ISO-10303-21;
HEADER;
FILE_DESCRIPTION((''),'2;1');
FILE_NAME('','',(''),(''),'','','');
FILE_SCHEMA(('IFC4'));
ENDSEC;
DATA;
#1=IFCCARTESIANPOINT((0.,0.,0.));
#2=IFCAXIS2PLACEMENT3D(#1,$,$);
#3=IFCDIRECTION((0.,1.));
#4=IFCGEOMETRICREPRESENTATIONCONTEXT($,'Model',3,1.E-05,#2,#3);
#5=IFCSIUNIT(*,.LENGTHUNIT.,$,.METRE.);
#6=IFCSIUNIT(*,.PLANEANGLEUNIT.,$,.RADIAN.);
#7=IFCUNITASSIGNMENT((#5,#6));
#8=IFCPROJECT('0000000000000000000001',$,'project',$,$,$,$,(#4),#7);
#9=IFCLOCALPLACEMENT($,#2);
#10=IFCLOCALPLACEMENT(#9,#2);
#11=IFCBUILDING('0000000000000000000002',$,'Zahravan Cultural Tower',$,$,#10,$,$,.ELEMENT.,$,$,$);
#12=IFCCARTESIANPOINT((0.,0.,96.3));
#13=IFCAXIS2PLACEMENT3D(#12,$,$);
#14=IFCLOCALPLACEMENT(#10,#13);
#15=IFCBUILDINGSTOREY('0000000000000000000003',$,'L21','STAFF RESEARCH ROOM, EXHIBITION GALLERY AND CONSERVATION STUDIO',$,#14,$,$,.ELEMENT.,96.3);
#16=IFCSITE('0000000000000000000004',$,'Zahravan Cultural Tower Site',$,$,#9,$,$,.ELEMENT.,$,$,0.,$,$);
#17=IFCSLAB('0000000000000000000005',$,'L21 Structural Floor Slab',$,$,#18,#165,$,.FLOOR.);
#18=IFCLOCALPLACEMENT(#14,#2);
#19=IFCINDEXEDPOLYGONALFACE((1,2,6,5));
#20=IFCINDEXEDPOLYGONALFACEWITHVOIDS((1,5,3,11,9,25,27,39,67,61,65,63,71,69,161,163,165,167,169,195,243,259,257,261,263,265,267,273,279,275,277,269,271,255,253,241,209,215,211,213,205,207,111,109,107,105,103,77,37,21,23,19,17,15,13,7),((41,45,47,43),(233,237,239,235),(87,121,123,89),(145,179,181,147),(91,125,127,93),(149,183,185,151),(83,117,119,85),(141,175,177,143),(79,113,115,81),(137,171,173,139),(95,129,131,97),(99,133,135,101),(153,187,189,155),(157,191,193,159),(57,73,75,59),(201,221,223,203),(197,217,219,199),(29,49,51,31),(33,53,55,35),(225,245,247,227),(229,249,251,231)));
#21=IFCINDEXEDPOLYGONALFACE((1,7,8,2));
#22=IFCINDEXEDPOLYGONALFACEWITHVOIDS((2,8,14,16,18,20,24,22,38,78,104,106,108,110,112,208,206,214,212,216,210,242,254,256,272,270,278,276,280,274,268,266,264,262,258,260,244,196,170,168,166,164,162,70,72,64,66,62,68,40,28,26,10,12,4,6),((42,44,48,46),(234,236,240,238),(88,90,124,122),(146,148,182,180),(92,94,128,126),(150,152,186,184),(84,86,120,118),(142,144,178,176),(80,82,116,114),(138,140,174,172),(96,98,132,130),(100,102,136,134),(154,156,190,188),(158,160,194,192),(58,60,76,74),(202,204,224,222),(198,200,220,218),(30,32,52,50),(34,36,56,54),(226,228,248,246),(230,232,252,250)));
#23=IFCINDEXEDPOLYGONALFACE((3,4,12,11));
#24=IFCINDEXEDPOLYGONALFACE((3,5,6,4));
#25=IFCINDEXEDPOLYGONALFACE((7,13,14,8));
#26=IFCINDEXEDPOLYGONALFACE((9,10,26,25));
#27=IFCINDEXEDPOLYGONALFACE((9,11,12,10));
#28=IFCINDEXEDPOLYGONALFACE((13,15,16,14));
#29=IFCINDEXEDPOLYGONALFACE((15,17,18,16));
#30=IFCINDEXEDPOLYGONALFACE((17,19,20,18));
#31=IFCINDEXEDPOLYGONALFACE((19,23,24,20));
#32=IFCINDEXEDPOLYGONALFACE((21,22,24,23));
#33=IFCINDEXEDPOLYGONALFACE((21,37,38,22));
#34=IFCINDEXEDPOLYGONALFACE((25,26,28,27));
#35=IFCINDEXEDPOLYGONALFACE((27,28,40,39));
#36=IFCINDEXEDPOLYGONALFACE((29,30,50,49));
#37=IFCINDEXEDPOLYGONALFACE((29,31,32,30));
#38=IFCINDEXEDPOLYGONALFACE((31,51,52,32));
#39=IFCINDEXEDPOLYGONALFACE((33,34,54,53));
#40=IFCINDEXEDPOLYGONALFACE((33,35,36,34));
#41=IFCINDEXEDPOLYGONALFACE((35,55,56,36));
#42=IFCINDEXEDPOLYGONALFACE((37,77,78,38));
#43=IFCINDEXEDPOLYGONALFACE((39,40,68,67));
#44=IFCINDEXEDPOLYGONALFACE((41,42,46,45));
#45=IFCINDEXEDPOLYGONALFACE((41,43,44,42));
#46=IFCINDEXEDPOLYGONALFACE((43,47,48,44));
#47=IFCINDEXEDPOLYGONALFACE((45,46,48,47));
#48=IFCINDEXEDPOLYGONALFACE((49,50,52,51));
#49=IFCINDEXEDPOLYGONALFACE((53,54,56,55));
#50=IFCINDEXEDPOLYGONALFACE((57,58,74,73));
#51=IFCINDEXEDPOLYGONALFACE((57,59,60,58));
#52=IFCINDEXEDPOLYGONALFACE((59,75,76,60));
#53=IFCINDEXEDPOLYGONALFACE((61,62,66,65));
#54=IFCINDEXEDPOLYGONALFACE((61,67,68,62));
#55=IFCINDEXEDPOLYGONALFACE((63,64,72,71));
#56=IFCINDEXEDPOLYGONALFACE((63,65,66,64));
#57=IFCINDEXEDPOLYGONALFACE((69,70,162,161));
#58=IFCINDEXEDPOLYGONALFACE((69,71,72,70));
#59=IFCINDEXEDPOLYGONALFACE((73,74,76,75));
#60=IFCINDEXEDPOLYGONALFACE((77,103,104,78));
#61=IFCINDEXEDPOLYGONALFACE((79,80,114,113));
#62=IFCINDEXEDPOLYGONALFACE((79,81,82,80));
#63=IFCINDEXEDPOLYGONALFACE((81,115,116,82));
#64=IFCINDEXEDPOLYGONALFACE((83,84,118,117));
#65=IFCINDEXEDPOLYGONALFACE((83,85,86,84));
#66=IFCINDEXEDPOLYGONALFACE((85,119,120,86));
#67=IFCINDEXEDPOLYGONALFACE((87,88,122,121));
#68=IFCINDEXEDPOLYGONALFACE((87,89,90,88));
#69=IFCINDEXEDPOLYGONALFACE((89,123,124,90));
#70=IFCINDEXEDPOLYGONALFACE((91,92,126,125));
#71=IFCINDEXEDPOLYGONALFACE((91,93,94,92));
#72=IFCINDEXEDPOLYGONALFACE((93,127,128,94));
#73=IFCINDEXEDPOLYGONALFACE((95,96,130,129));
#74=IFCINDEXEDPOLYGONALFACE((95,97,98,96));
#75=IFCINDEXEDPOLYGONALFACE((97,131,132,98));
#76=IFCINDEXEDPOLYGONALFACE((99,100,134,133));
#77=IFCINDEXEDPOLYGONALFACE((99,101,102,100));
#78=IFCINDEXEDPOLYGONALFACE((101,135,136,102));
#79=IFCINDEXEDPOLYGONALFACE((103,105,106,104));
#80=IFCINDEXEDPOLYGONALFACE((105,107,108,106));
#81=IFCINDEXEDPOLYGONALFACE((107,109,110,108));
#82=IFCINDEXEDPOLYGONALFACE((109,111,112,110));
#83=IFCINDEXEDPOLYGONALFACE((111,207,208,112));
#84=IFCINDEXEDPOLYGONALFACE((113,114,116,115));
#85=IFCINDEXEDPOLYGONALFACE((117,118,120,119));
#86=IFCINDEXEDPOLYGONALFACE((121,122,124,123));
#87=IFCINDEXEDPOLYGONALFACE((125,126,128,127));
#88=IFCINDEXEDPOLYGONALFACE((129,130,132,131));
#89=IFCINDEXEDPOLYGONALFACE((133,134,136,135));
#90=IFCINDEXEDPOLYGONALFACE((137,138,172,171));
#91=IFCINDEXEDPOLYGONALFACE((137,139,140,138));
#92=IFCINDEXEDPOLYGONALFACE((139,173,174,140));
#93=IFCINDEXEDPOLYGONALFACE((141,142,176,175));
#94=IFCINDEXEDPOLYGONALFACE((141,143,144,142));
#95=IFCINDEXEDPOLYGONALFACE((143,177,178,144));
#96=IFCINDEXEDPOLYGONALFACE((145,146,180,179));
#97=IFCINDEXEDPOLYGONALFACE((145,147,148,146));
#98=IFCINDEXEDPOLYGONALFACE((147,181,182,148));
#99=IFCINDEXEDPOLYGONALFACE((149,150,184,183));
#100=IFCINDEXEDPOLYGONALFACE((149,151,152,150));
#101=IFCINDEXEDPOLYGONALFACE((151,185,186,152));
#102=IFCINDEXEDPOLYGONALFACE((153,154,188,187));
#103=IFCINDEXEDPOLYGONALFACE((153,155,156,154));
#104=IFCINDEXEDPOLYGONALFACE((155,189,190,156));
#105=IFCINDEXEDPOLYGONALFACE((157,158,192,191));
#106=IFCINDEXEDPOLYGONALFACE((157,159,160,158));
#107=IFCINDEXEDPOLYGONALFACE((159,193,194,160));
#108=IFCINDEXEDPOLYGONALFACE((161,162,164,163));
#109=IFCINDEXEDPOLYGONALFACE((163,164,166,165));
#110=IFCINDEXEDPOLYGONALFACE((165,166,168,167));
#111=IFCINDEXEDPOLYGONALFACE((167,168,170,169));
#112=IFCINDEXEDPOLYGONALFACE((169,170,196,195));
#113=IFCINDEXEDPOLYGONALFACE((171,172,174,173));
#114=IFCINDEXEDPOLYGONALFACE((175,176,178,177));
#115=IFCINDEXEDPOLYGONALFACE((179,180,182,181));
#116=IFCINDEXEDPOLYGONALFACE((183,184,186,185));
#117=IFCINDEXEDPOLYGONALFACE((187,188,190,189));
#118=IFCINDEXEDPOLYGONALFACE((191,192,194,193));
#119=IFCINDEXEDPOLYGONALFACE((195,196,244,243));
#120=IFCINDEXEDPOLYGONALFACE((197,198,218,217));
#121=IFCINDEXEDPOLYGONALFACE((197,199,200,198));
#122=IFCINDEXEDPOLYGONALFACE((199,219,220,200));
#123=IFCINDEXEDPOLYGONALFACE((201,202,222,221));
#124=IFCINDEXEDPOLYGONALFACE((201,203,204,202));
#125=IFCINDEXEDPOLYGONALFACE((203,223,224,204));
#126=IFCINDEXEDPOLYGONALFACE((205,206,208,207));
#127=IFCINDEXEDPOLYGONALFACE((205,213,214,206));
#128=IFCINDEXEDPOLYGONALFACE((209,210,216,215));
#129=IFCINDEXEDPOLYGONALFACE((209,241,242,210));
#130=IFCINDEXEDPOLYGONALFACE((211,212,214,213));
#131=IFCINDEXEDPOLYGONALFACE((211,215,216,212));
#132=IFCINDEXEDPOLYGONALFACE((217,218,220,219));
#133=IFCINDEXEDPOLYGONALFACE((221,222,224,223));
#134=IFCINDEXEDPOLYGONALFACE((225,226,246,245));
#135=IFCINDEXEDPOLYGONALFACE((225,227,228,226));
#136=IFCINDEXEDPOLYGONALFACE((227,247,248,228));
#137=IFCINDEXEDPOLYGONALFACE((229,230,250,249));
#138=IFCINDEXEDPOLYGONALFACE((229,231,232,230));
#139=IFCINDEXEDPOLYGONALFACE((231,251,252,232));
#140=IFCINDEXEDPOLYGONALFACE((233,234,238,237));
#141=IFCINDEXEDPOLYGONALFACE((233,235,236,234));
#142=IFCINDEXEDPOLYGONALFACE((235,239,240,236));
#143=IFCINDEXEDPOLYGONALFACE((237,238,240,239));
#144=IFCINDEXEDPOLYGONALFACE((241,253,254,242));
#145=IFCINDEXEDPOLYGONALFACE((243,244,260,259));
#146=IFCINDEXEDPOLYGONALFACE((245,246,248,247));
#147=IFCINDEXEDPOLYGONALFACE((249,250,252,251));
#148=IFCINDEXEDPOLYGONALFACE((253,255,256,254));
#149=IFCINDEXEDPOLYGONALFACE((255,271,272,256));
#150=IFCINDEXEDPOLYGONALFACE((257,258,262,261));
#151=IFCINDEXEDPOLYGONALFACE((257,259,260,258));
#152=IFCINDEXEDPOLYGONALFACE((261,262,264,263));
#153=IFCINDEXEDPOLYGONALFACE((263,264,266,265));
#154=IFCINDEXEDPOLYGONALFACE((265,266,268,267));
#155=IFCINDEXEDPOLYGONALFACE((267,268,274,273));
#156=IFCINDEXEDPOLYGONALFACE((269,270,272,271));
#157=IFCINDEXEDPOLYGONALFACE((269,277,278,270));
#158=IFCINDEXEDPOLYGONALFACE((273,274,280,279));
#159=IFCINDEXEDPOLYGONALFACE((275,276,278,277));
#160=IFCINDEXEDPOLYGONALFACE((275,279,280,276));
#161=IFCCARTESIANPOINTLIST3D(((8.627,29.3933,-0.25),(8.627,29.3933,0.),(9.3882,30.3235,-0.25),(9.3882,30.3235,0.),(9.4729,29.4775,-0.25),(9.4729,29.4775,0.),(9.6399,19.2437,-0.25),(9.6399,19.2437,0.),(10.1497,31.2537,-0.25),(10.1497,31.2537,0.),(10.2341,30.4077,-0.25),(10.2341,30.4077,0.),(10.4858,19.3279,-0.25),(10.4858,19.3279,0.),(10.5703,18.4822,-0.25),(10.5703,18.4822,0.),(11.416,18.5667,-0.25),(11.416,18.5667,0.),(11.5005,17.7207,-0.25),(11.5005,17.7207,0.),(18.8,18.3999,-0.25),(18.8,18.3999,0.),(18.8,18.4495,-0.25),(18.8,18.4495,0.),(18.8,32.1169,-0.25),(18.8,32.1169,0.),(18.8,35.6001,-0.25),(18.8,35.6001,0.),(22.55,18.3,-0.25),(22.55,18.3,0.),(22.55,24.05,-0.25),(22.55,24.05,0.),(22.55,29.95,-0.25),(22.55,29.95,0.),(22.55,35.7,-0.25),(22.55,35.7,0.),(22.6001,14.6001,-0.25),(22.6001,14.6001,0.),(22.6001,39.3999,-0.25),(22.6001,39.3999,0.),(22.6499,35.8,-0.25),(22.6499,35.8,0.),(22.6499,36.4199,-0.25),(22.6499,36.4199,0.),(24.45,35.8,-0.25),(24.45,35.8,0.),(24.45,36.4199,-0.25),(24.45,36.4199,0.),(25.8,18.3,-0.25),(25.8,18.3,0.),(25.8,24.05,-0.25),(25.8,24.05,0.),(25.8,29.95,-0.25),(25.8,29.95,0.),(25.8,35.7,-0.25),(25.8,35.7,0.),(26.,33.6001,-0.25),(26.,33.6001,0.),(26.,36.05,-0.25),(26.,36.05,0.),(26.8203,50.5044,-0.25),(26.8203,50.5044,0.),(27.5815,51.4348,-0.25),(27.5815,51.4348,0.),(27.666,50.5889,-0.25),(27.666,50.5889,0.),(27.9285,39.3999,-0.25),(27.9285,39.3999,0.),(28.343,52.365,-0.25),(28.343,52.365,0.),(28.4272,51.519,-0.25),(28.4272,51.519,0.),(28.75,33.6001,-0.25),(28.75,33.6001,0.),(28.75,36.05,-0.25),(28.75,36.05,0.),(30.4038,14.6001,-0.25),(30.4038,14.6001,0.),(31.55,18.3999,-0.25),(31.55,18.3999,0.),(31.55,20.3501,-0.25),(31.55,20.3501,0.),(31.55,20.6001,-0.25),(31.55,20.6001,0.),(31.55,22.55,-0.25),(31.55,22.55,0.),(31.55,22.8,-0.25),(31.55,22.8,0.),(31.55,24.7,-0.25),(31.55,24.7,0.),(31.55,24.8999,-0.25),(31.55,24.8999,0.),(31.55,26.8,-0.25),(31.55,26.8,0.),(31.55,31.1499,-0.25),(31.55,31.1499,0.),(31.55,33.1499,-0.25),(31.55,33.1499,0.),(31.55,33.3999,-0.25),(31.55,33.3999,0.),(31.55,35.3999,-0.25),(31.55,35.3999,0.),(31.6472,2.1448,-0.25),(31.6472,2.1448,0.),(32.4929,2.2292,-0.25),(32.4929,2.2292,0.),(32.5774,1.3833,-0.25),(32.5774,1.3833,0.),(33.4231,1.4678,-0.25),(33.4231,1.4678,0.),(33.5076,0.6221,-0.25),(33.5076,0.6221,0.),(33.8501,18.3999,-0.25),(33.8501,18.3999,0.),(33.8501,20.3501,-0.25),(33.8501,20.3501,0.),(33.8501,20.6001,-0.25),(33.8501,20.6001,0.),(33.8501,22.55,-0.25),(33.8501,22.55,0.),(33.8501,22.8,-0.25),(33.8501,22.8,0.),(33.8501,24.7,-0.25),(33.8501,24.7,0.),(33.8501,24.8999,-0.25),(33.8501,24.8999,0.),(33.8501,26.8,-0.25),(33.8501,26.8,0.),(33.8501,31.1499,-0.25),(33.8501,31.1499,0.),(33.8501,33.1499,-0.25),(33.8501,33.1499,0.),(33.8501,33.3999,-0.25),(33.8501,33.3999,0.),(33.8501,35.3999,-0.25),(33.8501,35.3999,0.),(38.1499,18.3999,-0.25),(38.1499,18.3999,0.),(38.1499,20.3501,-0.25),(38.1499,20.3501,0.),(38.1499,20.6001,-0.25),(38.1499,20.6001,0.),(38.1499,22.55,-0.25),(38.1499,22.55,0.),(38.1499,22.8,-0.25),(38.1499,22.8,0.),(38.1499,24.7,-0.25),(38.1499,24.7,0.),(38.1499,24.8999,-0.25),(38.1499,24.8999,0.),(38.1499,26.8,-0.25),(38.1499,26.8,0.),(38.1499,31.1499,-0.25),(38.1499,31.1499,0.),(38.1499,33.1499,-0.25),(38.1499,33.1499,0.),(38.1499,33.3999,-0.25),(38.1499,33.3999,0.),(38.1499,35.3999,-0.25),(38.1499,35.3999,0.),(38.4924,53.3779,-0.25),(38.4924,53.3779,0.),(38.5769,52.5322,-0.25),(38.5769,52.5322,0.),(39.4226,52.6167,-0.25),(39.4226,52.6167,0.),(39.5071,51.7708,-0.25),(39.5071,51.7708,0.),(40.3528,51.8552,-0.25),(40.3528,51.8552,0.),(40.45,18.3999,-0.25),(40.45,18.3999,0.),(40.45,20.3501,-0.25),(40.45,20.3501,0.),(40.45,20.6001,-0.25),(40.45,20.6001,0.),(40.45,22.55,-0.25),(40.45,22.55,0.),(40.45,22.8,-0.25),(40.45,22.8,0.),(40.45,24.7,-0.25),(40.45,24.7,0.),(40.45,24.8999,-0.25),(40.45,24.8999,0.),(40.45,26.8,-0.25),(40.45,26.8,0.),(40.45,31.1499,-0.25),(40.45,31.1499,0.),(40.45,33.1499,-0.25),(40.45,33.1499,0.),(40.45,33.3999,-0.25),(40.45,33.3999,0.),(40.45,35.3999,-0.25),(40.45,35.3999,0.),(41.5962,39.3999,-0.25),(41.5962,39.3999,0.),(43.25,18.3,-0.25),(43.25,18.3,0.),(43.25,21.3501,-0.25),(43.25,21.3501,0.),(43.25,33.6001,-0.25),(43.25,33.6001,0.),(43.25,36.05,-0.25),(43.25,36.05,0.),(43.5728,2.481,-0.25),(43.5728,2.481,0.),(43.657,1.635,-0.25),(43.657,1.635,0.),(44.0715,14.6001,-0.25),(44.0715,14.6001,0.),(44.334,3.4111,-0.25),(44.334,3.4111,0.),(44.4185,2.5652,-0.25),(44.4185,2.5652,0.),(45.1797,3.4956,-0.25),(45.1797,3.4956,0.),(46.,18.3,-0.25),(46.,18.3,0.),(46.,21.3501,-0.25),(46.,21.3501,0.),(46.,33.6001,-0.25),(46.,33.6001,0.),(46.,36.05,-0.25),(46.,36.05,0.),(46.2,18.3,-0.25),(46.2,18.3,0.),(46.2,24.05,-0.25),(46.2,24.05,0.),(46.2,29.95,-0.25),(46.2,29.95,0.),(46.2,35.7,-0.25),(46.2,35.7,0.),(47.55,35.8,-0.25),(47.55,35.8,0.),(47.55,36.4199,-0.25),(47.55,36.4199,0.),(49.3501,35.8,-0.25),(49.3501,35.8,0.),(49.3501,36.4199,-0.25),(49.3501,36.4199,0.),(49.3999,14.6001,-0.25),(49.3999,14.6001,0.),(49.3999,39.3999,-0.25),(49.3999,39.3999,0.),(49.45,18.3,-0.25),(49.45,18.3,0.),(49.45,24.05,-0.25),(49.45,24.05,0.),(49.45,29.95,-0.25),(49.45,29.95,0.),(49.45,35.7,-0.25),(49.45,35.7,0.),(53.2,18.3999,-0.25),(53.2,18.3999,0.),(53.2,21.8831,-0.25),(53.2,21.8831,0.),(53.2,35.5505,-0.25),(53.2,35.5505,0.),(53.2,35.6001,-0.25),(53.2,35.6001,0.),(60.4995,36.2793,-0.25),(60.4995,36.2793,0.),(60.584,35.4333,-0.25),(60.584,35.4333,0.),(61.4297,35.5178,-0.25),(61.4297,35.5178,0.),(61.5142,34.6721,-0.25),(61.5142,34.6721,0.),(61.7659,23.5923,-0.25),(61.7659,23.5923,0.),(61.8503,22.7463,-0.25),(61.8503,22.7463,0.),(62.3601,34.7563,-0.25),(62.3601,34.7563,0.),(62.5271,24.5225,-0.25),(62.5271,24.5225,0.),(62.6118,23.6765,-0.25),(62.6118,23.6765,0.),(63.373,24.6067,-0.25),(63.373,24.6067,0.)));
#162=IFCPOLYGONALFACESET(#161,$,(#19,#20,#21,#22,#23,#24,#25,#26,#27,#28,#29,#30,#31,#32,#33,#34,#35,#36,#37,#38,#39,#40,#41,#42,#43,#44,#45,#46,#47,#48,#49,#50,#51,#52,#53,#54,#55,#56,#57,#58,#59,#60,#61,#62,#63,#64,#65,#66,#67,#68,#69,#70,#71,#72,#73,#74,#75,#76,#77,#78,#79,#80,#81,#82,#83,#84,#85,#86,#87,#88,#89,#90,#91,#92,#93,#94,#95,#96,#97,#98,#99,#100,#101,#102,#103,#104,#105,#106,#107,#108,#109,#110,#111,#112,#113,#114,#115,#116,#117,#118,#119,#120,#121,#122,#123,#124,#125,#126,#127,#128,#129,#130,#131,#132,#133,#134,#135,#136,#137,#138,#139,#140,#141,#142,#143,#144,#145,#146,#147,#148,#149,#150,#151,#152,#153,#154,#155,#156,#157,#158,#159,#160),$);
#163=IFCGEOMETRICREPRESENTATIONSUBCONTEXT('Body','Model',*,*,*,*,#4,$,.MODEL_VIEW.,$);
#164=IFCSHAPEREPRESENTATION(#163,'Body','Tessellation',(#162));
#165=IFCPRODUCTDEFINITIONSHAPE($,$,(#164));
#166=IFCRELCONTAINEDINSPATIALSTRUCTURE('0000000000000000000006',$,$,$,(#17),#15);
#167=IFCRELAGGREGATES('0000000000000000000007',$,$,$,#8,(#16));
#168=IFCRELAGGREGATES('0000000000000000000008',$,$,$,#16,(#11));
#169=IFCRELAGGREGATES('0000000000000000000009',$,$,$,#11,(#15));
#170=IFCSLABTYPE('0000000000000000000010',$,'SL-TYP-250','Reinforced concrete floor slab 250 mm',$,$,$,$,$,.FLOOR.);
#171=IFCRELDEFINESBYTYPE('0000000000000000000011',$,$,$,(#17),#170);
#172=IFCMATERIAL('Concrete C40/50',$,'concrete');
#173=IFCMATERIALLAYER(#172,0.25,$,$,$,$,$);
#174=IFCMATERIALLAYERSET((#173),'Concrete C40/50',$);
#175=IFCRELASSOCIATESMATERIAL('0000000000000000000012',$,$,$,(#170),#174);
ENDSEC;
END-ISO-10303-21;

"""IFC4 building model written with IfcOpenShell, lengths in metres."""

from ifc_helpers import new_model, si_unit, direction, frame, origin, place, context, subcontext, project, spatial, polyline, outline, extrude, material, layer, layer_set, type_object, element, save


model = new_model("IFC4")

# Units and contexts
model_context = context("Model", 3, precision=1e-05, world=origin(), true_north=direction((0.0, 1.0)))
body_context = subcontext(model_context, "Body", "Model", "MODEL_VIEW")
ifc_project = project(units=[si_unit("LENGTHUNIT", "METRE"), si_unit("PLANEANGLEUNIT", "RADIAN")], contexts=[model_context])

# Site, building, storey
site_placement = place(None, origin())
site = spatial("IfcSite", under=ifc_project, at=site_placement, Name="Zahravan Cultural Tower Site", CompositionType="ELEMENT", RefElevation=0.0)
building_placement = place(site_placement, origin())
building = spatial("IfcBuilding", under=site, at=building_placement, Name="Zahravan Cultural Tower", CompositionType="ELEMENT")
storey_placement = place(building_placement, frame((0.0, 0.0, 96.3)))
storey = spatial("IfcBuildingStorey", under=building, at=storey_placement, Name="L21", Description="STAFF RESEARCH ROOM, EXHIBITION GALLERY AND CONSERVATION STUDIO", CompositionType="ELEMENT", Elevation=96.3)

# Slab
ifc_material_1 = material(Name="Concrete C40/50", Category="concrete")
ifc_layer_1 = layer(ifc_material_1, 0.25)
ifc_layer_set_1 = layer_set([ifc_layer_1], Name="Concrete C40/50")
slab_type_1 = type_object("IfcSlabType", Name="SL-TYP-250", Description="Reinforced concrete floor slab 250 mm", PredefinedType="FLOOR", material=ifc_layer_set_1)
slab_1_placement = place(storey_placement, frame((0.0, 0.0, -0.25)))
element("IfcSlab", 1, at=slab_1_placement, inside=storey, type_object=slab_type_1, Name="L21 Structural Floor Slab", PredefinedType="FLOOR", context=body_context, shape_type="SweptSolid", body=[
    extrude(outline(polyline([(53.2, 35.5505), (53.2, 35.6001), (49.3999, 39.3999), (41.5962, 39.3999), (40.3528, 51.8552), (39.5071, 51.7708), (39.4226, 52.6167), (38.5769, 52.5322), (38.4924, 53.3779), (28.343, 52.365), (28.4272, 51.519), (27.5815, 51.4348), (27.666, 50.5889), (26.8203, 50.5044), (27.9285, 39.3999), (22.6001, 39.3999), (18.8, 35.6001), (18.8, 32.1169), (10.1497, 31.2537), (10.2341, 30.4077), (9.3882, 30.3235), (9.4729, 29.4775), (8.627, 29.3933), (9.6399, 19.2437), (10.4858, 19.3279), (10.5703, 18.4822), (11.416, 18.5667), (11.5005, 17.7207), (18.8, 18.4495), (18.8, 18.3999), (22.6001, 14.6001), (30.4038, 14.6001), (31.6472, 2.1448), (32.4929, 2.2292), (32.5774, 1.3833), (33.4231, 1.4678), (33.5076, 0.6221), (43.657, 1.635), (43.5728, 2.481), (44.4185, 2.5652), (44.334, 3.4111), (45.1797, 3.4956), (44.0715, 14.6001), (49.3999, 14.6001), (53.2, 18.3999), (53.2, 21.8831), (61.8503, 22.7463), (61.7659, 23.5923), (62.6118, 23.6765), (62.5271, 24.5225), (63.373, 24.6067), (62.3601, 34.7563), (61.5142, 34.6721), (61.4297, 35.5178), (60.584, 35.4333), (60.4995, 36.2793), (53.2, 35.5505)]), holes=[polyline([(22.55, 29.95), (22.55, 35.7), (25.8, 35.7), (25.8, 29.95), (22.55, 29.95)]), polyline([(22.55, 18.3), (22.55, 24.05), (25.8, 24.05), (25.8, 18.3), (22.55, 18.3)]), polyline([(46.2, 29.95), (46.2, 35.7), (49.45, 35.7), (49.45, 29.95), (46.2, 29.95)]), polyline([(46.2, 18.3), (46.2, 24.05), (49.45, 24.05), (49.45, 18.3), (46.2, 18.3)]), polyline([(26.0, 33.6001), (26.0, 36.05), (28.75, 36.05), (28.75, 33.6001), (26.0, 33.6001)]), polyline([(43.25, 33.6001), (43.25, 36.05), (46.0, 36.05), (46.0, 33.6001), (43.25, 33.6001)]), polyline([(43.25, 18.3), (43.25, 21.3501), (46.0, 21.3501), (46.0, 18.3), (43.25, 18.3)]), polyline([(31.55, 33.3999), (31.55, 35.3999), (33.8501, 35.3999), (33.8501, 33.3999), (31.55, 33.3999)]), polyline([(31.55, 31.1499), (31.55, 33.1499), (33.8501, 33.1499), (33.8501, 31.1499), (31.55, 31.1499)]), polyline([(38.1499, 33.3999), (38.1499, 35.3999), (40.45, 35.3999), (40.45, 33.3999), (38.1499, 33.3999)]), polyline([(38.1499, 31.1499), (38.1499, 33.1499), (40.45, 33.1499), (40.45, 31.1499), (38.1499, 31.1499)]), polyline([(31.55, 20.6001), (31.55, 22.55), (33.8501, 22.55), (33.8501, 20.6001), (31.55, 20.6001)]), polyline([(31.55, 18.3999), (31.55, 20.3501), (33.8501, 20.3501), (33.8501, 18.3999), (31.55, 18.3999)]), polyline([(38.1499, 20.6001), (38.1499, 22.55), (40.45, 22.55), (40.45, 20.6001), (38.1499, 20.6001)]), polyline([(38.1499, 18.3999), (38.1499, 20.3501), (40.45, 20.3501), (40.45, 18.3999), (38.1499, 18.3999)]), polyline([(31.55, 24.8999), (31.55, 26.8), (33.8501, 26.8), (33.8501, 24.8999), (31.55, 24.8999)]), polyline([(31.55, 22.8), (31.55, 24.7), (33.8501, 24.7), (33.8501, 22.8), (31.55, 22.8)]), polyline([(38.1499, 24.8999), (38.1499, 26.8), (40.45, 26.8), (40.45, 24.8999), (38.1499, 24.8999)]), polyline([(38.1499, 22.8), (38.1499, 24.7), (40.45, 24.7), (40.45, 22.8), (38.1499, 22.8)]), polyline([(22.6499, 35.8), (22.6499, 36.4199), (24.45, 36.4199), (24.45, 35.8), (22.6499, 35.8)]), polyline([(47.55, 35.8), (47.55, 36.4199), (49.3501, 36.4199), (49.3501, 35.8), (47.55, 35.8)])]), origin(), (0.0, 0.0, 1.0), 0.25),
])

save(model, "model.ifc")
